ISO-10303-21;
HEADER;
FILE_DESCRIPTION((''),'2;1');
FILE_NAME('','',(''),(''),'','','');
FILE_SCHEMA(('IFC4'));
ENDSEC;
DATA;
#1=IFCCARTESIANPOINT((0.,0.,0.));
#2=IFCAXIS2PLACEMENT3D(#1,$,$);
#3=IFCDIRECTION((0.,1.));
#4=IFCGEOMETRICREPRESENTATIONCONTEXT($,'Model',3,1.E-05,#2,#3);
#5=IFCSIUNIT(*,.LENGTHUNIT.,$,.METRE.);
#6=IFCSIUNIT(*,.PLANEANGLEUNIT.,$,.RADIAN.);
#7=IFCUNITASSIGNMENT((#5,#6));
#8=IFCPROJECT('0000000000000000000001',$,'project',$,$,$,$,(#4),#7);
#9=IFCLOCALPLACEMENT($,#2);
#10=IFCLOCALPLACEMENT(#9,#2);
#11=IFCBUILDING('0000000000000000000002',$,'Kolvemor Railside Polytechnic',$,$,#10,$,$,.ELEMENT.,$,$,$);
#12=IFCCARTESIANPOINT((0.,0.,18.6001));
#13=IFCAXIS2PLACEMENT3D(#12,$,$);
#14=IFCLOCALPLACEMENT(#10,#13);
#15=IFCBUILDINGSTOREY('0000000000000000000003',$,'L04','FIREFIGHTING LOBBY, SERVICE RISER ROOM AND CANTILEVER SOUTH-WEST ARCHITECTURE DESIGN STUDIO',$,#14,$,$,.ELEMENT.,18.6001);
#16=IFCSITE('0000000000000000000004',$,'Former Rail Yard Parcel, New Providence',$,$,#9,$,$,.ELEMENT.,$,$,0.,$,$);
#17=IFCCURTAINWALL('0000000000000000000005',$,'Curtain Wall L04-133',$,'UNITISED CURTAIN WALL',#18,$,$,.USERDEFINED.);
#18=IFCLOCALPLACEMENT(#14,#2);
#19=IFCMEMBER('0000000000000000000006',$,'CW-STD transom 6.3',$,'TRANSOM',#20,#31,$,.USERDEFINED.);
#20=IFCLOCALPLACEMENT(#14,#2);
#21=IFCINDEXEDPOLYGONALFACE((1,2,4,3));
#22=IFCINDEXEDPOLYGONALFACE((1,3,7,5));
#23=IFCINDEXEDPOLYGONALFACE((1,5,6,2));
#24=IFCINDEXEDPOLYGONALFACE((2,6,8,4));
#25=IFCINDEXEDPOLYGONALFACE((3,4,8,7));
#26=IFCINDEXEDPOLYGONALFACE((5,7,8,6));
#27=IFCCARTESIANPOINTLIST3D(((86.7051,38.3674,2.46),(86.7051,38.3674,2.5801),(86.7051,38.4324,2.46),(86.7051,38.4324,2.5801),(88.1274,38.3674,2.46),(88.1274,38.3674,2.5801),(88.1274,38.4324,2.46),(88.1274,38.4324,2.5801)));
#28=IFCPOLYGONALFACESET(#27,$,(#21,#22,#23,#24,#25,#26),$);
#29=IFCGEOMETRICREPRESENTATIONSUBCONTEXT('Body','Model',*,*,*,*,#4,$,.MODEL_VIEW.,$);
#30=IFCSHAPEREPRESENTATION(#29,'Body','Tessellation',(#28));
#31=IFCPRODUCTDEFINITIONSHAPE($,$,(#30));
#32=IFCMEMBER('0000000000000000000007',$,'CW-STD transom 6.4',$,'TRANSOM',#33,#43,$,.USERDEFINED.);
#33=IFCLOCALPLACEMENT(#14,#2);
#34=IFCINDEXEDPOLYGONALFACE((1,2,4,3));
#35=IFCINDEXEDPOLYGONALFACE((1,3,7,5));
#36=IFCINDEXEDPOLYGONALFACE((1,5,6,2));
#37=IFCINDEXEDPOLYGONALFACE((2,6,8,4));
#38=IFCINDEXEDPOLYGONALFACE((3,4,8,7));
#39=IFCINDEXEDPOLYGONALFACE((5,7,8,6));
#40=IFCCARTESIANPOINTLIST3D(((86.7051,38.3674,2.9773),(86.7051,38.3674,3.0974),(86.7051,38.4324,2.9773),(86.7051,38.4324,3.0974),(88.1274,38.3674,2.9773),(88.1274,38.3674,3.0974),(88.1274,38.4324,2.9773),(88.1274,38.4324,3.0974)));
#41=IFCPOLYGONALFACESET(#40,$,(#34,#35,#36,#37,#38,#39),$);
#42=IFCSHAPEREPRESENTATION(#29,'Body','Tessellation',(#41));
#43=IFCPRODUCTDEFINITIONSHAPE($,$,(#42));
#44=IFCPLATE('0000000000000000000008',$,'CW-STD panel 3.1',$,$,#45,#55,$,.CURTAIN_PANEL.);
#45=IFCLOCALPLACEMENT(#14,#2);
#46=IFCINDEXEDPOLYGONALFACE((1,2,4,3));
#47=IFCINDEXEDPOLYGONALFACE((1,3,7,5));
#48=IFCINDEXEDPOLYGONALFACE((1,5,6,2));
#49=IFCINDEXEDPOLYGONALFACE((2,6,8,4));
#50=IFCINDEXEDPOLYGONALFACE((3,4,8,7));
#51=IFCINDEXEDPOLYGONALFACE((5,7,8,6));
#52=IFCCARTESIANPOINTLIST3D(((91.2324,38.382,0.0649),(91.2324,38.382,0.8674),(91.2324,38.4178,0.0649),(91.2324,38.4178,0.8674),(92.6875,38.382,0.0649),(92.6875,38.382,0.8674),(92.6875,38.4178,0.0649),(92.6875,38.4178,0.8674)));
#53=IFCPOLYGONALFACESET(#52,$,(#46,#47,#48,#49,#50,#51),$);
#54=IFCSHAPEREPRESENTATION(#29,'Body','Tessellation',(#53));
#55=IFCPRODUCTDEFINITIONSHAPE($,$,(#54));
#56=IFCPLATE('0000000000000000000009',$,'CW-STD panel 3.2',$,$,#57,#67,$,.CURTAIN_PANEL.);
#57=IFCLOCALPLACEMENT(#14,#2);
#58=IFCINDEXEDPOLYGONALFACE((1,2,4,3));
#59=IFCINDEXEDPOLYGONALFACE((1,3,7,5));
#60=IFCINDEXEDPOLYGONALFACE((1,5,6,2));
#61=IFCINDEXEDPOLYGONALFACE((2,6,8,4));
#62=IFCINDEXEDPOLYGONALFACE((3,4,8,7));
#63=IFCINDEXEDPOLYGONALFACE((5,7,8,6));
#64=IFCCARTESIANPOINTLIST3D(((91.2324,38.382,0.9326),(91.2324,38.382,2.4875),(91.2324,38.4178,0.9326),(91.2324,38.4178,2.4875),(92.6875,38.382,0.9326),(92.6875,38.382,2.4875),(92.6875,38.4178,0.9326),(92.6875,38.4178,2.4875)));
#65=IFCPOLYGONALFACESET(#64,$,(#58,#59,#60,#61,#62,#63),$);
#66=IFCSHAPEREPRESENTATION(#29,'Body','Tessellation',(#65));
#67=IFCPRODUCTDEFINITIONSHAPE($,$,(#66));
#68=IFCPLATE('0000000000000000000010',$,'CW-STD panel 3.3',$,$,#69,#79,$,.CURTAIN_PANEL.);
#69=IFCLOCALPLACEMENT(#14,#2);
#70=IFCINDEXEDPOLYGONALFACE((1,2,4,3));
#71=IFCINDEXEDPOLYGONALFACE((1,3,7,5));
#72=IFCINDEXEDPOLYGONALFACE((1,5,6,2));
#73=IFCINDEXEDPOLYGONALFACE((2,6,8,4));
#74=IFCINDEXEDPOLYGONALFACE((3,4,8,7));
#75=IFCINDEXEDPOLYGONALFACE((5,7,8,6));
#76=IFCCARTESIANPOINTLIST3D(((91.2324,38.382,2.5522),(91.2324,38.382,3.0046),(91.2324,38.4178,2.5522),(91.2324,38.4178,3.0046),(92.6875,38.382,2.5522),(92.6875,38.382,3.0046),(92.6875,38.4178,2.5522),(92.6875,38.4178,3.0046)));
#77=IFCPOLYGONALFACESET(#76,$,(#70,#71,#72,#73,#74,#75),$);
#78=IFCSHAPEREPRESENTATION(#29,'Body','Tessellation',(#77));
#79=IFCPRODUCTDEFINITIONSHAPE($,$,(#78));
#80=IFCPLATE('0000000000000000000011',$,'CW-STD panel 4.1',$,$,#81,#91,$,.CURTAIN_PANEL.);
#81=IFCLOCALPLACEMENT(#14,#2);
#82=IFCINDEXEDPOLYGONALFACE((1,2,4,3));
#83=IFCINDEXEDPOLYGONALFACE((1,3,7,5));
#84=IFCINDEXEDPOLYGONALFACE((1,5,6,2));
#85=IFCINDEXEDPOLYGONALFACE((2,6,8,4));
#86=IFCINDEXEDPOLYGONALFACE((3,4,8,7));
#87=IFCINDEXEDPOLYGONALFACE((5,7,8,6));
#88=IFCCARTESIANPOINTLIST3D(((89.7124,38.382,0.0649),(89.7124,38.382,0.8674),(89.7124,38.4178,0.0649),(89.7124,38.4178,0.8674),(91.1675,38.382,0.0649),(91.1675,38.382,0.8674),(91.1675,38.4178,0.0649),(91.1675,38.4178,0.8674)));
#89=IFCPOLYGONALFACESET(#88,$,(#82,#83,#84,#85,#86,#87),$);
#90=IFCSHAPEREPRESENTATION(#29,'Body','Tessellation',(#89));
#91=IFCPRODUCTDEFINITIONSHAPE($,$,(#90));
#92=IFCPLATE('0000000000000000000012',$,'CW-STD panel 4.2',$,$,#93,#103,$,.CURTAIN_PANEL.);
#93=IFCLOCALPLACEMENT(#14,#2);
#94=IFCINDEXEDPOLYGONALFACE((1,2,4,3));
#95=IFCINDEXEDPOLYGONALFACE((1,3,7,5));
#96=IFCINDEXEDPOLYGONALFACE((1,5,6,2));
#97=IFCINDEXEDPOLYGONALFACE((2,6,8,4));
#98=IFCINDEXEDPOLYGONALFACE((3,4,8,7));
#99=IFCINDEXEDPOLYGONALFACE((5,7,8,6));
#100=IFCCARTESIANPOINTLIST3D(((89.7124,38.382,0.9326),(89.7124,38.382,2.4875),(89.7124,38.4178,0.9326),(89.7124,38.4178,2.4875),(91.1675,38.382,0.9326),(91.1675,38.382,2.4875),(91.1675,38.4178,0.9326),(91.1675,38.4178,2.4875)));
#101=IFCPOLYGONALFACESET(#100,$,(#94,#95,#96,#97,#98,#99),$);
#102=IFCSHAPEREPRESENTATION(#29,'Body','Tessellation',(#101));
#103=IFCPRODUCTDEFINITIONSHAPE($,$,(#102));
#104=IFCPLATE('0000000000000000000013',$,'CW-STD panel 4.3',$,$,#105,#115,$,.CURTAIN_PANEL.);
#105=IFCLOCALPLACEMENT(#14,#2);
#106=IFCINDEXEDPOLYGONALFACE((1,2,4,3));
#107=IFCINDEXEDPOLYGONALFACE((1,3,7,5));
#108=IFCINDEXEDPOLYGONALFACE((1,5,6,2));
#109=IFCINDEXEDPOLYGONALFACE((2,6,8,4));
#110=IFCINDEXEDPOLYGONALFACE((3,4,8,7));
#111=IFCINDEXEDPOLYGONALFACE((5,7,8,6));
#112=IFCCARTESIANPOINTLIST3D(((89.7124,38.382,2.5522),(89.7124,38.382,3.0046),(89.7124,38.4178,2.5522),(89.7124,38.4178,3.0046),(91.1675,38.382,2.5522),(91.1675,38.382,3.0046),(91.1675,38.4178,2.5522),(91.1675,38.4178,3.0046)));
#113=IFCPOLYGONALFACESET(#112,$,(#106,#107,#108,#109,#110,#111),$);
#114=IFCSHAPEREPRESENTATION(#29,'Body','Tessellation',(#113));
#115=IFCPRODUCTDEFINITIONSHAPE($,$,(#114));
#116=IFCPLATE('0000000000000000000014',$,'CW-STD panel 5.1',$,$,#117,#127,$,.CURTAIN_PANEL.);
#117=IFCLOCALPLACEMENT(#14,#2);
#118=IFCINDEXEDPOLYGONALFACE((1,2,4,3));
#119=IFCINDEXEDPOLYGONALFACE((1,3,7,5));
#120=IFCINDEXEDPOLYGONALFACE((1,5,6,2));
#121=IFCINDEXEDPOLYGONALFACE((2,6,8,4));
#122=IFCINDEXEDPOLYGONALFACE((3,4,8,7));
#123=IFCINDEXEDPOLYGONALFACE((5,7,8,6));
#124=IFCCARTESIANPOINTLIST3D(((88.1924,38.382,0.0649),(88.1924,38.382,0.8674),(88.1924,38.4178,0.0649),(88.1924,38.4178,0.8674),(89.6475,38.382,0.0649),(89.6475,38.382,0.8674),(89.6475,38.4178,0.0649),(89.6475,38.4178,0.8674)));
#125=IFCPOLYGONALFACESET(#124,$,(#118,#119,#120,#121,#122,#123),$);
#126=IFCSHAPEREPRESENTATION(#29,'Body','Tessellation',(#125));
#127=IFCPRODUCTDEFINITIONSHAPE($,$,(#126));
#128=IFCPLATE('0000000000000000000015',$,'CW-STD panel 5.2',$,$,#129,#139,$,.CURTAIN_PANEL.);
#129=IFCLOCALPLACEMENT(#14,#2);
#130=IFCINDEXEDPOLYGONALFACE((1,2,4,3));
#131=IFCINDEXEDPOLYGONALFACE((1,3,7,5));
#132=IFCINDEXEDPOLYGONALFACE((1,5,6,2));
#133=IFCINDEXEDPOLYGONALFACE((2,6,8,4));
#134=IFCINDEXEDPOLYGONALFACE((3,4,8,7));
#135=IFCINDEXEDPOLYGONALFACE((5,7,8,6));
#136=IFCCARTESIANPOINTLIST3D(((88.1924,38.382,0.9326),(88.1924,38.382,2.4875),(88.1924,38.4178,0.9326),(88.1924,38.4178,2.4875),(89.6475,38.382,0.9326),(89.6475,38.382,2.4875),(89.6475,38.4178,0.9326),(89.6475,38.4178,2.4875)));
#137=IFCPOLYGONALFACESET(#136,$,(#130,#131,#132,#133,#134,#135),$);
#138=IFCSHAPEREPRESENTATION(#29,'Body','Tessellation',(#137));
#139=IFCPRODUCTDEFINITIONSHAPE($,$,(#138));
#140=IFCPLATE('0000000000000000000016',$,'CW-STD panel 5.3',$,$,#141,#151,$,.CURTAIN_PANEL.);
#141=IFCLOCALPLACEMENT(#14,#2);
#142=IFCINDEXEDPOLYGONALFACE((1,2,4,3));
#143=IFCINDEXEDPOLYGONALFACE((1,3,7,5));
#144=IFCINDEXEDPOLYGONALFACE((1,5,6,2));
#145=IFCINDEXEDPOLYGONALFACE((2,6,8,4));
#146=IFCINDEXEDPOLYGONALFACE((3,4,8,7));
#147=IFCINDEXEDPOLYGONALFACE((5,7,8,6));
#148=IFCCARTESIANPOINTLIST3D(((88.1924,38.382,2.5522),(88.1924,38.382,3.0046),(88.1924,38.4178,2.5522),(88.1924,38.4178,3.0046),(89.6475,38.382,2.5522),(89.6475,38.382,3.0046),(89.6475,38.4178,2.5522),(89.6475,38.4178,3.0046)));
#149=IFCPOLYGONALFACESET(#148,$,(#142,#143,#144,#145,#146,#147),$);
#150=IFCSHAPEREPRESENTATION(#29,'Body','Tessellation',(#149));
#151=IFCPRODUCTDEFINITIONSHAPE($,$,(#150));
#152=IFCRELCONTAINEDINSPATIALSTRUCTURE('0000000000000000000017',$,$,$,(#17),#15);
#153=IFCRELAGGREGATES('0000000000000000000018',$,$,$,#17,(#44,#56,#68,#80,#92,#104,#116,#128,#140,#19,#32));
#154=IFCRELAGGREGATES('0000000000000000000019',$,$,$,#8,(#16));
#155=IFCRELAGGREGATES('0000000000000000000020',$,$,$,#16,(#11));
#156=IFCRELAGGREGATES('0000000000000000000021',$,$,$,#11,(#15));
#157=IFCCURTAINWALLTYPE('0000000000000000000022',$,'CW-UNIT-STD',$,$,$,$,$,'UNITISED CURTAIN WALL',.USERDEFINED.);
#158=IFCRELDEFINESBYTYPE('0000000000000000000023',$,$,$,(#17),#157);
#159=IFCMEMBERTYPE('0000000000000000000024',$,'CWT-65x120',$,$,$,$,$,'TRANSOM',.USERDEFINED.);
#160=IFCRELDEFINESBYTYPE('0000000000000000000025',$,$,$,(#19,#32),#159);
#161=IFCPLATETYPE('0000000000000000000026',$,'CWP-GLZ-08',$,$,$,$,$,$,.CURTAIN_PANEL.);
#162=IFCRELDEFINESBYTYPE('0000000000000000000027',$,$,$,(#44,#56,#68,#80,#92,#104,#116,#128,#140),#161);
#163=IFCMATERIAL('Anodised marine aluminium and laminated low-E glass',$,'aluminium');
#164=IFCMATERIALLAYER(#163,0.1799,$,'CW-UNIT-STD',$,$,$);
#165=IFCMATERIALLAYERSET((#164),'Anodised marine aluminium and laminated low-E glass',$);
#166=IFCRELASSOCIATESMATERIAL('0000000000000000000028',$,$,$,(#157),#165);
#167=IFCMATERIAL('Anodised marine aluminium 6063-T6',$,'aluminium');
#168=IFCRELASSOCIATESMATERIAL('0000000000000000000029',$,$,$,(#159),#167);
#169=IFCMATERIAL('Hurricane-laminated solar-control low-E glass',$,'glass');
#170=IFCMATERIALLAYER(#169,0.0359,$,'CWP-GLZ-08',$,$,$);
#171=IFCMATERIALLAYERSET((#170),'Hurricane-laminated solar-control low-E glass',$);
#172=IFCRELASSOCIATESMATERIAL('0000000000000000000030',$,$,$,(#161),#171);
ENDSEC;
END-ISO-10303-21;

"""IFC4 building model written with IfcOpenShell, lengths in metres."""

from ifc_helpers import new_model, si_unit, direction, frame, origin, origin_2d, place, context, subcontext, project, spatial, rectangle, extrude, material, layer, layer_set, material_profile, profile_set, type_object, element, aggregate, save


model = new_model("IFC4")

# Units and contexts
model_context = context("Model", 3, precision=1e-05, world=origin(), true_north=direction((0.0, 1.0)))
body_context = subcontext(model_context, "Body", "Model", "MODEL_VIEW")
ifc_project = project(units=[si_unit("LENGTHUNIT", "METRE"), si_unit("PLANEANGLEUNIT", "RADIAN")], contexts=[model_context])

# Site, building, storey
site_placement = place(None, origin())
site = spatial("IfcSite", under=ifc_project, at=site_placement, Name="Former Rail Yard Parcel, New Providence", CompositionType="ELEMENT", RefElevation=0.0)
building_placement = place(site_placement, origin())
building = spatial("IfcBuilding", under=site, at=building_placement, Name="Kolvemor Railside Polytechnic", CompositionType="ELEMENT")
storey_placement = place(building_placement, frame((0.0, 0.0, 18.6001)))
storey = spatial("IfcBuildingStorey", under=building, at=storey_placement, Name="L04", Description="FIREFIGHTING LOBBY, SERVICE RISER ROOM AND CANTILEVER SOUTH-WEST ARCHITECTURE DESIGN STUDIO", CompositionType="ELEMENT", Elevation=18.6001)

# Curtain wall, members, plates
ifc_material_1 = material(Name="Anodised marine aluminium and laminated low-E glass", Category="aluminium")
ifc_layer_1 = layer(ifc_material_1, 0.1799, Name="CW-UNIT-STD")
ifc_layer_set_1 = layer_set([ifc_layer_1], Name="Anodised marine aluminium and laminated low-E glass")
curtain_wall_type = type_object("IfcCurtainWallType", Name="CW-UNIT-STD", ElementType="UNITISED CURTAIN WALL", PredefinedType="USERDEFINED", material=ifc_layer_set_1)
curtain_wall_placement = place(storey_placement, origin())
curtain_wall = element("IfcCurtainWall", 1, at=curtain_wall_placement, inside=storey, type_object=curtain_wall_type, Name="Curtain Wall L04-133", ObjectType="UNITISED CURTAIN WALL", PredefinedType="USERDEFINED")
ifc_material_2 = material(Name="Anodised marine aluminium 6063-T6", Category="aluminium")
ifc_material_profile_1 = material_profile(ifc_material_2, rectangle(XDim=0.0649, YDim=0.1201, at=origin_2d()), Name="CW-TRN-65x120")
ifc_profile_set_1 = profile_set([ifc_material_profile_1], Name="Anodised marine aluminium 6063-T6")
member_type_1 = type_object("IfcMemberType", Name="CWT-65x120", ElementType="TRANSOM", PredefinedType="USERDEFINED", material=ifc_profile_set_1)
member_1_placement = place(storey_placement, frame((88.1274, 38.3999, 2.52), z_axis=(-1.0, 0.0, 0.0), x_axis=(0.0, -1.0, 0.0)))
member_1 = element("IfcMember", 2, at=member_1_placement, type_object=member_type_1, Name="CW-STD transom 6.3", ObjectType="TRANSOM", PredefinedType="USERDEFINED", context=body_context, shape_type="SweptSolid", body=[
    extrude(rectangle(XDim=0.0649, YDim=0.1201, at=origin_2d()), origin(), (0.0, 0.0, 1.0), 1.4224),
])
member_2_placement = place(storey_placement, frame((88.1274, 38.3999, 3.0374), z_axis=(-1.0, 0.0, 0.0), x_axis=(0.0, -1.0, 0.0)))
member_2 = element("IfcMember", 3, at=member_2_placement, type_object=member_type_1, Name="CW-STD transom 6.4", ObjectType="TRANSOM", PredefinedType="USERDEFINED", context=body_context, shape_type="SweptSolid", body=[
    extrude(rectangle(XDim=0.0649, YDim=0.1201, at=origin_2d()), origin(), (0.0, 0.0, 1.0), 1.4224),
])
ifc_material_3 = material(Name="Hurricane-laminated solar-control low-E glass", Category="glass")
ifc_layer_2 = layer(ifc_material_3, 0.0359, Name="CWP-GLZ-08")
ifc_layer_set_2 = layer_set([ifc_layer_2], Name="Hurricane-laminated solar-control low-E glass")
plate_type = type_object("IfcPlateType", Name="CWP-GLZ-08", PredefinedType="CURTAIN_PANEL", material=ifc_layer_set_2)
plate_1_placement = place(storey_placement, frame((91.96, 38.3999, 0.0649), z_axis=(0.0, 0.0, 1.0), x_axis=(-1.0, 0.0, 0.0)))
plate_1 = element("IfcPlate", 4, at=plate_1_placement, type_object=plate_type, Name="CW-STD panel 3.1", PredefinedType="CURTAIN_PANEL", context=body_context, shape_type="SweptSolid", body=[
    extrude(rectangle(XDim=1.4551, YDim=0.0359, at=origin_2d()), origin(), (0.0, 0.0, 1.0), 0.8025),
])
plate_2_placement = place(storey_placement, frame((91.96, 38.3999, 0.9326), z_axis=(0.0, 0.0, 1.0), x_axis=(-1.0, 0.0, 0.0)))
plate_2 = element("IfcPlate", 5, at=plate_2_placement, type_object=plate_type, Name="CW-STD panel 3.2", PredefinedType="CURTAIN_PANEL", context=body_context, shape_type="SweptSolid", body=[
    extrude(rectangle(XDim=1.4551, YDim=0.0359, at=origin_2d()), origin(), (0.0, 0.0, 1.0), 1.5549),
])
plate_3_placement = place(storey_placement, frame((91.96, 38.3999, 2.5522), z_axis=(0.0, 0.0, 1.0), x_axis=(-1.0, 0.0, 0.0)))
plate_3 = element("IfcPlate", 6, at=plate_3_placement, type_object=plate_type, Name="CW-STD panel 3.3", PredefinedType="CURTAIN_PANEL", context=body_context, shape_type="SweptSolid", body=[
    extrude(rectangle(XDim=1.4551, YDim=0.0359, at=origin_2d()), origin(), (0.0, 0.0, 1.0), 0.4524),
])
plate_4_placement = place(storey_placement, frame((90.4399, 38.3999, 0.0649), z_axis=(0.0, 0.0, 1.0), x_axis=(-1.0, 0.0, 0.0)))
plate_4 = element("IfcPlate", 7, at=plate_4_placement, type_object=plate_type, Name="CW-STD panel 4.1", PredefinedType="CURTAIN_PANEL", context=body_context, shape_type="SweptSolid", body=[
    extrude(rectangle(XDim=1.4551, YDim=0.0359, at=origin_2d()), origin(), (0.0, 0.0, 1.0), 0.8025),
])
plate_5_placement = place(storey_placement, frame((90.4399, 38.3999, 0.9326), z_axis=(0.0, 0.0, 1.0), x_axis=(-1.0, 0.0, 0.0)))
plate_5 = element("IfcPlate", 8, at=plate_5_placement, type_object=plate_type, Name="CW-STD panel 4.2", PredefinedType="CURTAIN_PANEL", context=body_context, shape_type="SweptSolid", body=[
    extrude(rectangle(XDim=1.4551, YDim=0.0359, at=origin_2d()), origin(), (0.0, 0.0, 1.0), 1.5549),
])
plate_6_placement = place(storey_placement, frame((90.4399, 38.3999, 2.5522), z_axis=(0.0, 0.0, 1.0), x_axis=(-1.0, 0.0, 0.0)))
plate_6 = element("IfcPlate", 9, at=plate_6_placement, type_object=plate_type, Name="CW-STD panel 4.3", PredefinedType="CURTAIN_PANEL", context=body_context, shape_type="SweptSolid", body=[
    extrude(rectangle(XDim=1.4551, YDim=0.0359, at=origin_2d()), origin(), (0.0, 0.0, 1.0), 0.4524),
])
plate_7_placement = place(storey_placement, frame((88.9199, 38.3999, 0.0649), z_axis=(0.0, 0.0, 1.0), x_axis=(-1.0, 0.0, 0.0)))
plate_7 = element("IfcPlate", 10, at=plate_7_placement, type_object=plate_type, Name="CW-STD panel 5.1", PredefinedType="CURTAIN_PANEL", context=body_context, shape_type="SweptSolid", body=[
    extrude(rectangle(XDim=1.4551, YDim=0.0359, at=origin_2d()), origin(), (0.0, 0.0, 1.0), 0.8025),
])
plate_8_placement = place(storey_placement, frame((88.9199, 38.3999, 0.9326), z_axis=(0.0, 0.0, 1.0), x_axis=(-1.0, 0.0, 0.0)))
plate_8 = element("IfcPlate", 11, at=plate_8_placement, type_object=plate_type, Name="CW-STD panel 5.2", PredefinedType="CURTAIN_PANEL", context=body_context, shape_type="SweptSolid", body=[
    extrude(rectangle(XDim=1.4551, YDim=0.0359, at=origin_2d()), origin(), (0.0, 0.0, 1.0), 1.5549),
])
plate_9_placement = place(storey_placement, frame((88.9199, 38.3999, 2.5522), z_axis=(0.0, 0.0, 1.0), x_axis=(-1.0, 0.0, 0.0)))
plate_9 = element("IfcPlate", 12, at=plate_9_placement, type_object=plate_type, Name="CW-STD panel 5.3", PredefinedType="CURTAIN_PANEL", context=body_context, shape_type="SweptSolid", body=[
    extrude(rectangle(XDim=1.4551, YDim=0.0359, at=origin_2d()), origin(), (0.0, 0.0, 1.0), 0.4524),
])
aggregate(curtain_wall, [plate_1, plate_2, plate_3, plate_4, plate_5, plate_6, plate_7, plate_8, plate_9, member_1, member_2])

save(model, "model.ifc")
